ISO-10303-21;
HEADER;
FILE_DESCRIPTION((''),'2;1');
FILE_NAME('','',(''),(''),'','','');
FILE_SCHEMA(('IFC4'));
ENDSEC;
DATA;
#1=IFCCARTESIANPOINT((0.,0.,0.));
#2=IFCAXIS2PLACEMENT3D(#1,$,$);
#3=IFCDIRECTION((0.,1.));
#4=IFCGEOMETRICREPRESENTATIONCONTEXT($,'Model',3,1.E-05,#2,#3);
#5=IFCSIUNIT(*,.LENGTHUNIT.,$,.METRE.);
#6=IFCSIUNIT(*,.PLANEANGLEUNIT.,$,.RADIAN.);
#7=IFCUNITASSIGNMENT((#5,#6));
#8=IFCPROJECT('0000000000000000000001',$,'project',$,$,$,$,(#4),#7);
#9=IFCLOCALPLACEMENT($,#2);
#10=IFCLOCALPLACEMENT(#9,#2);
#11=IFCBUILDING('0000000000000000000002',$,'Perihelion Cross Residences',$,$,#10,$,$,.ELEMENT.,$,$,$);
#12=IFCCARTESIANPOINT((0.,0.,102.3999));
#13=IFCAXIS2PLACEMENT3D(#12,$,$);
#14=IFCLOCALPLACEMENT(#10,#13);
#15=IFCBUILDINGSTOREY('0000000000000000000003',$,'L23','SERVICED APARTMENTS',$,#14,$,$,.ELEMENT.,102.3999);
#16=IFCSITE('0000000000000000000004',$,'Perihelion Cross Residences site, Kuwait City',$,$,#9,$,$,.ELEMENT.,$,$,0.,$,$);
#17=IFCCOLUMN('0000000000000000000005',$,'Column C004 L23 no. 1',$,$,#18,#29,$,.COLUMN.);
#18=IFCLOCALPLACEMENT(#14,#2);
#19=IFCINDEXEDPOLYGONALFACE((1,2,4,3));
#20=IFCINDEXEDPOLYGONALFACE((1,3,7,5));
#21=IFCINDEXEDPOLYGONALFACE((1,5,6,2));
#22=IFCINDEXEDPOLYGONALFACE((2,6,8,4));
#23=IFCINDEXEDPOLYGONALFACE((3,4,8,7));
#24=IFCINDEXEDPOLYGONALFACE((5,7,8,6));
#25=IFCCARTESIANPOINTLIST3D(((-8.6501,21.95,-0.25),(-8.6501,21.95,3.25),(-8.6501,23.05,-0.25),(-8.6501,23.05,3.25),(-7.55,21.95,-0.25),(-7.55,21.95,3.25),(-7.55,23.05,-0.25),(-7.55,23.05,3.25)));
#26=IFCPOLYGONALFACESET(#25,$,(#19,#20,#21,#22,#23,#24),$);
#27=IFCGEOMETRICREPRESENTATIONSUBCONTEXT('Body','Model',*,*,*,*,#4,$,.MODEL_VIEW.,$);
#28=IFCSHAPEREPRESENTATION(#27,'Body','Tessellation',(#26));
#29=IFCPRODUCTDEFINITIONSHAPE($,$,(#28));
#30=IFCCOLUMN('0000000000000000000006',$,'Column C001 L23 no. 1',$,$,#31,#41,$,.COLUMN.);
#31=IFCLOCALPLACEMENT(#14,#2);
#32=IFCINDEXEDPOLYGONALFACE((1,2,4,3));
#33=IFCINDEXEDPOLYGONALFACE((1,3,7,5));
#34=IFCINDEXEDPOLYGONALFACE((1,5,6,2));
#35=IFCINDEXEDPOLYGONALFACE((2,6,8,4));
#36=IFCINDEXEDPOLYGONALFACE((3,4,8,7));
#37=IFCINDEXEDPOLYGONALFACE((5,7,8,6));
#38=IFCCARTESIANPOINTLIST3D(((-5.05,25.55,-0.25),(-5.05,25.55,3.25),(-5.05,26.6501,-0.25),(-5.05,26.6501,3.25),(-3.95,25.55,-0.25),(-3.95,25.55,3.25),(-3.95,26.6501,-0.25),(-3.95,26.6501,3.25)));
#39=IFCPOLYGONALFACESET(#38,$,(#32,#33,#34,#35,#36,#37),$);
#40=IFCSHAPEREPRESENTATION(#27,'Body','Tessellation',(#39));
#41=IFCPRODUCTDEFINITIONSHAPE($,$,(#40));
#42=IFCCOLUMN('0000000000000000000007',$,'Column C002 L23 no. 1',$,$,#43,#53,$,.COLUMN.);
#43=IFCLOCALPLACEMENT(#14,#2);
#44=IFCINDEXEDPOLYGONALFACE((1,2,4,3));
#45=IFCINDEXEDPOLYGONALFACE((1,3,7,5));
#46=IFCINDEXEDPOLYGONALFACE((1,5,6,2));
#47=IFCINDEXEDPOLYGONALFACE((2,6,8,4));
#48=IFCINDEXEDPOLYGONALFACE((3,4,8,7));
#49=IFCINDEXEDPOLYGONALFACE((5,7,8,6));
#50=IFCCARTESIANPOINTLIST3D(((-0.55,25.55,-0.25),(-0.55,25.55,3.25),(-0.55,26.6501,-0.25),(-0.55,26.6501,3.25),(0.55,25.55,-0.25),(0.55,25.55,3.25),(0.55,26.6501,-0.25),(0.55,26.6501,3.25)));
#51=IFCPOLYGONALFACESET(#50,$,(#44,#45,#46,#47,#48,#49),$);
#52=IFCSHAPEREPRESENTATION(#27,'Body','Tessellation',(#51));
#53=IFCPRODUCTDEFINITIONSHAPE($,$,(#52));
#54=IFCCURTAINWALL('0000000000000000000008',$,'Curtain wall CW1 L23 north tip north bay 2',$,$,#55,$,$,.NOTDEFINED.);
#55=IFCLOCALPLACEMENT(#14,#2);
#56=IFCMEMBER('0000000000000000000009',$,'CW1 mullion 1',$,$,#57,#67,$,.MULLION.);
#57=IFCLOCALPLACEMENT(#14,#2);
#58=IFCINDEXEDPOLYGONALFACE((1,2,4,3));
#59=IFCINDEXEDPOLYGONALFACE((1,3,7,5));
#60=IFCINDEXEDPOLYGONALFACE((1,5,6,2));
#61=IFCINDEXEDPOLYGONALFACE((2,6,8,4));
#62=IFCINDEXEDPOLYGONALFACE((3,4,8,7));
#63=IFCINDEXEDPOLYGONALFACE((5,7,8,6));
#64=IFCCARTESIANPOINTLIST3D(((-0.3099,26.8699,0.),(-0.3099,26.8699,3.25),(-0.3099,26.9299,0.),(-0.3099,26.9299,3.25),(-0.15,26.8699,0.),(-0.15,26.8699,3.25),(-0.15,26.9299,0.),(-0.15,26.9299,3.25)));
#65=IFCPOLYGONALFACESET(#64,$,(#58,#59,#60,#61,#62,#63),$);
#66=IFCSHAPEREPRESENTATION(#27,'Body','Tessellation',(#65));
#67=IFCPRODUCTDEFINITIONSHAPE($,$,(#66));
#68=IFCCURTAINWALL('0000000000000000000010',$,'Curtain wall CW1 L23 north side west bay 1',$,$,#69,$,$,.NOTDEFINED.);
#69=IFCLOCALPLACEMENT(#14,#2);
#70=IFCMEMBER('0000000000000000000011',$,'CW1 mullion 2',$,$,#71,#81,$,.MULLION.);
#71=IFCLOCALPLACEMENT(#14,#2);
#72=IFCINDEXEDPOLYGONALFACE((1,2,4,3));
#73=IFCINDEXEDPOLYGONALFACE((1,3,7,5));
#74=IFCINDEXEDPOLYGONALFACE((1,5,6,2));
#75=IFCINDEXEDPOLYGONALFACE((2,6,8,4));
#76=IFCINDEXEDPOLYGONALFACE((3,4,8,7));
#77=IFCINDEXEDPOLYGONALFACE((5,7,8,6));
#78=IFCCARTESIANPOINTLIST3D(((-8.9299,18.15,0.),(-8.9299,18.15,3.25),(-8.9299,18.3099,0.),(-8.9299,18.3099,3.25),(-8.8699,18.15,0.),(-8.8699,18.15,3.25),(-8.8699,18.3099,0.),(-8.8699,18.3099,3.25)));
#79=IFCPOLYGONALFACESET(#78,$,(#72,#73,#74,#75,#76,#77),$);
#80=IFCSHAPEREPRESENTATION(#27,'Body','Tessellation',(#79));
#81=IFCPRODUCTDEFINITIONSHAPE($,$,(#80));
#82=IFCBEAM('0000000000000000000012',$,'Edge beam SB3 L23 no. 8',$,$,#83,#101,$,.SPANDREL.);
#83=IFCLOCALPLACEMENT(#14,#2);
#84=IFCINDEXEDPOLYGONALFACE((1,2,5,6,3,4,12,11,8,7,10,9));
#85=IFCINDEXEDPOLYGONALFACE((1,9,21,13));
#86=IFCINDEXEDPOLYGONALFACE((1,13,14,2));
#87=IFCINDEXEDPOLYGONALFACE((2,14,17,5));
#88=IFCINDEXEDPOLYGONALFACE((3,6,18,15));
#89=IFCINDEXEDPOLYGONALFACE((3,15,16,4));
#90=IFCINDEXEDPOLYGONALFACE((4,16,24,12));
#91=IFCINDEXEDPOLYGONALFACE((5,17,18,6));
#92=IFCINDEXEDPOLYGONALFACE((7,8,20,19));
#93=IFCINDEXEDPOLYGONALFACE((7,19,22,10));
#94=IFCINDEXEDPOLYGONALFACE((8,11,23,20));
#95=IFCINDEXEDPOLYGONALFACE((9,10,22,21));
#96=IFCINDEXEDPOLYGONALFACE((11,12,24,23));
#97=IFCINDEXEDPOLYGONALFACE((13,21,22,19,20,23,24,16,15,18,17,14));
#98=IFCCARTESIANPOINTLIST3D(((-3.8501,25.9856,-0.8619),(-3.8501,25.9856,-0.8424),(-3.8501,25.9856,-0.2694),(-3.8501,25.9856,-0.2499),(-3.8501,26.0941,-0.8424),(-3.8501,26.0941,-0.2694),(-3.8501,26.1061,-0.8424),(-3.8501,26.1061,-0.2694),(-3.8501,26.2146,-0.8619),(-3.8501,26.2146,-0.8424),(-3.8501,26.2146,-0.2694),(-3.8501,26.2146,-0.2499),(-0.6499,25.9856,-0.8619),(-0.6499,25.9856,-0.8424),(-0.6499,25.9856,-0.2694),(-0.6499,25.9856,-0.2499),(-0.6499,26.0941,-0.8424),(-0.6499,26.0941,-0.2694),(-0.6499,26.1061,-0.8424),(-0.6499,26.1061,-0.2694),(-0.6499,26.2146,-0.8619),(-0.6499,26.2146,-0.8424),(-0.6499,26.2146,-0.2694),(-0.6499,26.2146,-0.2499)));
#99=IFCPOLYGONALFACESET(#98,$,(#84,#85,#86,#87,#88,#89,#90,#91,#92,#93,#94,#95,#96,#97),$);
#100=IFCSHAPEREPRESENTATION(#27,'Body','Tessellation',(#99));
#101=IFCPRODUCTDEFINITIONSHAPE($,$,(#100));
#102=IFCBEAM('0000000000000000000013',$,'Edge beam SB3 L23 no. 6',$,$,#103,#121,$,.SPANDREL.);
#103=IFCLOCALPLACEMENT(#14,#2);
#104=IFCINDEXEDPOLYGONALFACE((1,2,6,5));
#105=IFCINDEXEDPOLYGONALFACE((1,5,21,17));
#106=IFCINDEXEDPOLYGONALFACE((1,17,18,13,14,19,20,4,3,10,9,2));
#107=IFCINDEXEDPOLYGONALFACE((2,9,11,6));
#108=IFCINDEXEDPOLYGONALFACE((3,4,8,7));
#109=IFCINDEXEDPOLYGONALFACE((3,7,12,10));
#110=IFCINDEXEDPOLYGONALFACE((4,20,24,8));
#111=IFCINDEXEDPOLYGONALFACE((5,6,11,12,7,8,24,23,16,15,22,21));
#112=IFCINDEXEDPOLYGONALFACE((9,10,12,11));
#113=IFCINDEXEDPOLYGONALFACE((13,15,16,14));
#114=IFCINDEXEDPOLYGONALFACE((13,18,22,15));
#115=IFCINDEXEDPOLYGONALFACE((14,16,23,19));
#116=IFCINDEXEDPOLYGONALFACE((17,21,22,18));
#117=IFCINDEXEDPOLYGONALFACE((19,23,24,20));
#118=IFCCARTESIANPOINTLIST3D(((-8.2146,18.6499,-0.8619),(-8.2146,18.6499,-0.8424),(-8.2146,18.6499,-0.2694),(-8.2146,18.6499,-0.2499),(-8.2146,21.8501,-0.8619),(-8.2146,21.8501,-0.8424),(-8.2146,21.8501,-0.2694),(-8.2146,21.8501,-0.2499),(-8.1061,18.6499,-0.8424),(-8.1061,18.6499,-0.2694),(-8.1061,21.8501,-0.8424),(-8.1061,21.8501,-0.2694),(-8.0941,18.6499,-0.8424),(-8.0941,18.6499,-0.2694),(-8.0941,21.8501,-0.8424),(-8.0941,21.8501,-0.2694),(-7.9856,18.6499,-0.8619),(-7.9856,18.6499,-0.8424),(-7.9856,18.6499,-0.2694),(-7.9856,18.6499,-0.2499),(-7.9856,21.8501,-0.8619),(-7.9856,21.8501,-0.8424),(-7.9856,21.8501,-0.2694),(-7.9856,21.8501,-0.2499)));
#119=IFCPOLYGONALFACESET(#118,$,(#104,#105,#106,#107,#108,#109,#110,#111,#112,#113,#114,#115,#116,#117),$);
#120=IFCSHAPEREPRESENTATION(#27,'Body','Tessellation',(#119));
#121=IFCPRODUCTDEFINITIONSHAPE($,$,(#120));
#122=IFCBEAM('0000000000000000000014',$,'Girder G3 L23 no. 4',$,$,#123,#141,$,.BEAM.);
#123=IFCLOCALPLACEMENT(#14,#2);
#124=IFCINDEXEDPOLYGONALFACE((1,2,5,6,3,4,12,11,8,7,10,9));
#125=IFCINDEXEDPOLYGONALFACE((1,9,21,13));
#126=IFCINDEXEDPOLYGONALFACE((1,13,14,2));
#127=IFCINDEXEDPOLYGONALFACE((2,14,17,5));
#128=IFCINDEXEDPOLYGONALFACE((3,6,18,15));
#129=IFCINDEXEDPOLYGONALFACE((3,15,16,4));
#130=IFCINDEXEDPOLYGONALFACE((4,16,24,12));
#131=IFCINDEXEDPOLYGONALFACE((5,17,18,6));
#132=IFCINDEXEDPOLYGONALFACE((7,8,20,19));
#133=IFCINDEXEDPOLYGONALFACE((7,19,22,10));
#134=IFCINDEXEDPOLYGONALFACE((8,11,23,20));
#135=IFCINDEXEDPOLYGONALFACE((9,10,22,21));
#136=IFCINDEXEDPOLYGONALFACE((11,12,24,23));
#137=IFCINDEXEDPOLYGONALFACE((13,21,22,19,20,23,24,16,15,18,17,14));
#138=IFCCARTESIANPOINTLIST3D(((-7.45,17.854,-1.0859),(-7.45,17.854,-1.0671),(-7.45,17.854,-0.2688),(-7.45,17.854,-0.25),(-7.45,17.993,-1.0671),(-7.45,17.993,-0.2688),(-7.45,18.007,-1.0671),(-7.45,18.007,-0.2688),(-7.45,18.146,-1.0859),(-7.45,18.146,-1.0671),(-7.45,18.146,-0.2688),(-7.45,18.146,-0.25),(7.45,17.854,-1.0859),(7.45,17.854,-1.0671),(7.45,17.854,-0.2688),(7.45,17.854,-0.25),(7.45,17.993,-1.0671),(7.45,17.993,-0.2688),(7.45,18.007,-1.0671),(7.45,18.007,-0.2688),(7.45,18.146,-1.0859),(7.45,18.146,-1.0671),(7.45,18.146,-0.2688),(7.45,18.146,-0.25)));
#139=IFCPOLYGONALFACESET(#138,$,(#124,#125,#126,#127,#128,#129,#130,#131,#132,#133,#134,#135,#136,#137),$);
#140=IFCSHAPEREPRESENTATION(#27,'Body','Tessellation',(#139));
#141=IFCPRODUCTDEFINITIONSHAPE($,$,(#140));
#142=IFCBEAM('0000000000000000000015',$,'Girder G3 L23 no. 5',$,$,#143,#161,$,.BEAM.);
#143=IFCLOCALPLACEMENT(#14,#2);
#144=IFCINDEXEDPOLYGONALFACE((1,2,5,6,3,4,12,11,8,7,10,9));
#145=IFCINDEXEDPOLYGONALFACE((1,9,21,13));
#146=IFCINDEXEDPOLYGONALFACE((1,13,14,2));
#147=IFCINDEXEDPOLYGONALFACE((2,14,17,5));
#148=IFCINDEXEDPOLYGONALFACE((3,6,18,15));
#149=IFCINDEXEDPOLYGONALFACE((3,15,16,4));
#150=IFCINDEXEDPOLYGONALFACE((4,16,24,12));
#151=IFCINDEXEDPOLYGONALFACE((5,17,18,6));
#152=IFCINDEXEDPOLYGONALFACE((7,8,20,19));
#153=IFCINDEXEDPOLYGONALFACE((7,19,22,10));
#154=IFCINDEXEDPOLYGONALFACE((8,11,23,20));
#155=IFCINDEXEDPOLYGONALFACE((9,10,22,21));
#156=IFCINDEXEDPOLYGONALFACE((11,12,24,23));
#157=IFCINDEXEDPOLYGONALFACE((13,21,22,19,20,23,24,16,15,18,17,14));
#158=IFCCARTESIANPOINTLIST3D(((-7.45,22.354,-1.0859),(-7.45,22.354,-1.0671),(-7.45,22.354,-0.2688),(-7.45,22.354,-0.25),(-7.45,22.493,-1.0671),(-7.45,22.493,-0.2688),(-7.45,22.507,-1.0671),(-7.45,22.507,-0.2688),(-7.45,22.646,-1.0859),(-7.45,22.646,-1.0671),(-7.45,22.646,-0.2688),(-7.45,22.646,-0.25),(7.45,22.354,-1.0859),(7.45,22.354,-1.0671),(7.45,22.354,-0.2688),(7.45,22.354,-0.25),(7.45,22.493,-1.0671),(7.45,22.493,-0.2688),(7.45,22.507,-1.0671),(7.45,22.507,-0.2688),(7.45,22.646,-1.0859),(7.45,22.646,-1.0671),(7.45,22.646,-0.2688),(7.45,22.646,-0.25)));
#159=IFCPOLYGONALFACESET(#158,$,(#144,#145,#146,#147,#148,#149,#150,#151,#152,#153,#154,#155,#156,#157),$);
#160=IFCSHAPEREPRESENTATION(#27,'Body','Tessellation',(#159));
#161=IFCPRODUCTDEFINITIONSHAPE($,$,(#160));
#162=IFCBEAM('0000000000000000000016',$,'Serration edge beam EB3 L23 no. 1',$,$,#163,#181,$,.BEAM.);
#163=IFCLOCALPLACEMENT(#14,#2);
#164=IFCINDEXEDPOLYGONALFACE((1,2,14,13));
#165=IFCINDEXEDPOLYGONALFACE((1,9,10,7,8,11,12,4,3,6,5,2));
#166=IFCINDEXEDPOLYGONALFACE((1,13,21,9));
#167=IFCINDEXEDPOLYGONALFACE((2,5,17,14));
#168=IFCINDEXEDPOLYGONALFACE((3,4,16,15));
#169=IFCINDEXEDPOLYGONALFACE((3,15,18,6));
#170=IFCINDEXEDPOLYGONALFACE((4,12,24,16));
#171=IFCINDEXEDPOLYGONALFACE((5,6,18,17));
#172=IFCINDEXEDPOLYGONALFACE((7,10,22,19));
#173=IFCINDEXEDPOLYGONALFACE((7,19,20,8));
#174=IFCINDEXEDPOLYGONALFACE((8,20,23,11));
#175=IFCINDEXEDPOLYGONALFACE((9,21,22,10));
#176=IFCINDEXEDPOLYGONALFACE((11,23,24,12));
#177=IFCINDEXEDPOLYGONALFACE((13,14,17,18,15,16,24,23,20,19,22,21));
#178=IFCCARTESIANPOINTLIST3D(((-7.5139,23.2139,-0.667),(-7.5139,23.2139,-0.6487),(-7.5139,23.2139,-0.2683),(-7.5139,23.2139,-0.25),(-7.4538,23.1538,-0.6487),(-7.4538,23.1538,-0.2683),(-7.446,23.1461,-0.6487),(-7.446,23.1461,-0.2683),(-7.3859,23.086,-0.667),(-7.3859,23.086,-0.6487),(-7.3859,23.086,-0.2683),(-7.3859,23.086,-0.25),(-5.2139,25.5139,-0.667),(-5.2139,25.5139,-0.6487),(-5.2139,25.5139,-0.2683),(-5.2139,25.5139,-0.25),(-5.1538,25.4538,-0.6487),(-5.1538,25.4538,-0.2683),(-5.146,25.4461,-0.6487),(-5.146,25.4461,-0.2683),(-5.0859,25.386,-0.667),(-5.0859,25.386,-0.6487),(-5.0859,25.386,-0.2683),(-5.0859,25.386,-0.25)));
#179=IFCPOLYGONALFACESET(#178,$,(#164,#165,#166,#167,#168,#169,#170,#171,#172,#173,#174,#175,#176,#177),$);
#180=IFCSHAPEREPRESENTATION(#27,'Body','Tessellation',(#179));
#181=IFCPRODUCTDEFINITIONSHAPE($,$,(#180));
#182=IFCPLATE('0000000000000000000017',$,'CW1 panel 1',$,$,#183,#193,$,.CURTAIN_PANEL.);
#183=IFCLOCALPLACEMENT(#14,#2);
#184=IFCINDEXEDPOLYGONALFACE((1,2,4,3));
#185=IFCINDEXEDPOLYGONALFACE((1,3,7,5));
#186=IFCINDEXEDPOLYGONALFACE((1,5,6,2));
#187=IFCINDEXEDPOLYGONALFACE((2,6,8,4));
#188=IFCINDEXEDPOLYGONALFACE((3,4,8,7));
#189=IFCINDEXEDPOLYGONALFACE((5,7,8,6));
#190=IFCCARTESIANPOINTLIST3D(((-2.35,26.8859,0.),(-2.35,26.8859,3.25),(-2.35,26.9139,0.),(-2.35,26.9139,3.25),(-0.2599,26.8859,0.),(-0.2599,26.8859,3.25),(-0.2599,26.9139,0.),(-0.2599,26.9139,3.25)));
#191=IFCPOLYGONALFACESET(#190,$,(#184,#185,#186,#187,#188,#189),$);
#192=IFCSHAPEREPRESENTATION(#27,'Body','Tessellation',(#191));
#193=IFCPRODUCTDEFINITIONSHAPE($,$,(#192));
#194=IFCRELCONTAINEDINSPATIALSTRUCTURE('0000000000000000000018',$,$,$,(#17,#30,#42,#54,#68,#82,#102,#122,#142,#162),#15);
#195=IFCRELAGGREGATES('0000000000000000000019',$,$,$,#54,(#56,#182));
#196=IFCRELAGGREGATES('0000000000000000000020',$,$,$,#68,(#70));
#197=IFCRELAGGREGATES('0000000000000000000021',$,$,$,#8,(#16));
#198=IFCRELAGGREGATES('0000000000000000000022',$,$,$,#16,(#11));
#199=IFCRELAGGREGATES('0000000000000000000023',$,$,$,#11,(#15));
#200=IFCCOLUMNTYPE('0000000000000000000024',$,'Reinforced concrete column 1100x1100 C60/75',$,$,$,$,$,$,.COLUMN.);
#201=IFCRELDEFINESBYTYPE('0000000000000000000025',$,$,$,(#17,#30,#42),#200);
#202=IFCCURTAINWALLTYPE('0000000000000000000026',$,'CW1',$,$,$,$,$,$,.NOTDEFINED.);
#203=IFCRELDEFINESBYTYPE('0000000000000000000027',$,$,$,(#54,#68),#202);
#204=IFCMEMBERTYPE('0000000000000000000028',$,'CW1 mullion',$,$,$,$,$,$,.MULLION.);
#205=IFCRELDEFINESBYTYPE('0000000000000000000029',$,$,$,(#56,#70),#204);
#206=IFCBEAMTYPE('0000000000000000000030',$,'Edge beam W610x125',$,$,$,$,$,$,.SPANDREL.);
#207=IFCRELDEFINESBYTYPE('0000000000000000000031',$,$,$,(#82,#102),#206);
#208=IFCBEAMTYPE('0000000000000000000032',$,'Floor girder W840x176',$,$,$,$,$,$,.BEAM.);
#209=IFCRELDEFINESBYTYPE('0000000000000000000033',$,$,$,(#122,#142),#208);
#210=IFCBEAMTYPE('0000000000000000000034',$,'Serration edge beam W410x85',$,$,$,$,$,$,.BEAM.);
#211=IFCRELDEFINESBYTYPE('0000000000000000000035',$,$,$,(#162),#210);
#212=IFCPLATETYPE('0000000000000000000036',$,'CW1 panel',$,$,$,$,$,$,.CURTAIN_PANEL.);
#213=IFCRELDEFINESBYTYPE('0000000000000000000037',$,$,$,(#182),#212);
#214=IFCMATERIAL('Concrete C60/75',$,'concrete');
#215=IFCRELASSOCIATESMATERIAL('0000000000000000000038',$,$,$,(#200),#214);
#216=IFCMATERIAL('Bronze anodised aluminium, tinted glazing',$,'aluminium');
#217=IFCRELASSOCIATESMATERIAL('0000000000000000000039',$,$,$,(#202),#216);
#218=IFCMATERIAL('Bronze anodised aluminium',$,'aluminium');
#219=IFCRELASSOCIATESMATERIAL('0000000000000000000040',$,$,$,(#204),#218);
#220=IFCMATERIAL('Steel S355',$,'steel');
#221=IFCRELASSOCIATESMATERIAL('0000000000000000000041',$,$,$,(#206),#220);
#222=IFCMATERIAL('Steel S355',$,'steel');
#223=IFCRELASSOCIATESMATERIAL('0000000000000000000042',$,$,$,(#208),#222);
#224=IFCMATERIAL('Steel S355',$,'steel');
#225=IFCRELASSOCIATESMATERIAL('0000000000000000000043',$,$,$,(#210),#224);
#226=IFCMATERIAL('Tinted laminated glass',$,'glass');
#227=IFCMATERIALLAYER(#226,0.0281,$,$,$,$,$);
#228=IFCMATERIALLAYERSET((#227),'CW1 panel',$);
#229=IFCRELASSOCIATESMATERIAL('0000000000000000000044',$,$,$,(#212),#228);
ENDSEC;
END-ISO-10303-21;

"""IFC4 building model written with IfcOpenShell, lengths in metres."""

from ifc_helpers import new_model, si_unit, direction, frame, origin, origin_2d, place, context, subcontext, project, spatial, rectangle, i_section, extrude, material, layer, layer_set, material_profile, profile_set, type_object, element, aggregate, save


model = new_model("IFC4")

# Units and contexts
model_context = context("Model", 3, precision=1e-05, world=origin(), true_north=direction((0.0, 1.0)))
body_context = subcontext(model_context, "Body", "Model", "MODEL_VIEW")
ifc_project = project(units=[si_unit("LENGTHUNIT", "METRE"), si_unit("PLANEANGLEUNIT", "RADIAN")], contexts=[model_context])

# Site, building, storey
site_placement = place(None, origin())
site = spatial("IfcSite", under=ifc_project, at=site_placement, Name="Perihelion Cross Residences site, Kuwait City", CompositionType="ELEMENT", RefElevation=0.0)
building_placement = place(site_placement, origin())
building = spatial("IfcBuilding", under=site, at=building_placement, Name="Perihelion Cross Residences", CompositionType="ELEMENT")
storey_placement = place(building_placement, frame((0.0, 0.0, 102.3999)))
storey = spatial("IfcBuildingStorey", under=building, at=storey_placement, Name="L23", Description="SERVICED APARTMENTS", CompositionType="ELEMENT", Elevation=102.3999)

# Columns
ifc_material_1 = material(Name="Concrete C60/75", Category="concrete")
ifc_material_profile_1 = material_profile(ifc_material_1, rectangle(XDim=1.1001, YDim=1.1001, at=origin_2d()), Name="RC 1100x1100")
ifc_profile_set_1 = profile_set([ifc_material_profile_1], Name="Concrete C60/75")
column_type = type_object("IfcColumnType", Name="Reinforced concrete column 1100x1100 C60/75", PredefinedType="COLUMN", material=ifc_profile_set_1)
for number, where, z_axis, x_axis, name in (
    (1, (-8.1001, 22.5, -0.25), (0.0, 0.0, 1.0), (1.0, 0.0, 0.0), "Column C004 L23 no. 1"),
    (2, (-4.5, 26.1001, -0.25), (0.0, 0.0, 1.0), (1.0, 0.0, 0.0), "Column C001 L23 no. 1"),
    (3, (0.0, 26.1001, -0.25), (0.0, 0.0, 1.0), (1.0, 0.0, 0.0), "Column C002 L23 no. 1"),
):
    element("IfcColumn", number, at=place(storey_placement, frame(where, z_axis=z_axis, x_axis=x_axis)), inside=storey, type_object=column_type, Name=name, PredefinedType="COLUMN", context=body_context, shape_type="SweptSolid", body=[
        extrude(rectangle(XDim=1.1001, YDim=1.1001, at=origin_2d()), origin(), (0.0, 0.0, 1.0), 3.5),
    ])

# Curtain walls, members
ifc_material_2 = material(Name="Bronze anodised aluminium, tinted glazing", Category="aluminium")
curtain_wall_type = type_object("IfcCurtainWallType", Name="CW1", PredefinedType="NOTDEFINED", material=ifc_material_2)
curtain_wall_1_placement = place(storey_placement, origin())
curtain_wall_1 = element("IfcCurtainWall", 4, at=curtain_wall_1_placement, inside=storey, type_object=curtain_wall_type, Name="Curtain wall CW1 L23 north tip north bay 2", PredefinedType="NOTDEFINED")
ifc_material_3 = material(Name="Bronze anodised aluminium", Category="aluminium")
ifc_material_profile_2 = material_profile(ifc_material_3, rectangle(XDim=0.0601, YDim=0.1599, at=origin_2d()), Name="CW1 mullion")
ifc_profile_set_2 = profile_set([ifc_material_profile_2], Name="Bronze anodised aluminium")
member_type = type_object("IfcMemberType", Name="CW1 mullion", PredefinedType="MULLION", material=ifc_profile_set_2)
member_1_placement = place(storey_placement, frame((-0.23, 26.8999, 0.0), z_axis=(0.0, 0.0, 1.0), x_axis=(0.0, -1.0, 0.0)))
member_1 = element("IfcMember", 5, at=member_1_placement, type_object=member_type, Name="CW1 mullion 1", PredefinedType="MULLION", context=body_context, shape_type="SweptSolid", body=[
    extrude(rectangle(XDim=0.0601, YDim=0.1599, at=origin_2d()), origin(), (0.0, 0.0, 1.0), 3.25),
])
curtain_wall_2_placement = place(storey_placement, origin())
curtain_wall_2 = element("IfcCurtainWall", 6, at=curtain_wall_2_placement, inside=storey, type_object=curtain_wall_type, Name="Curtain wall CW1 L23 north side west bay 1", PredefinedType="NOTDEFINED")
member_2_placement = place(storey_placement, frame((-8.8999, 18.23, 0.0), z_axis=(0.0, 0.0, 1.0), x_axis=(1.0, 0.0, 0.0)))
member_2 = element("IfcMember", 7, at=member_2_placement, type_object=member_type, Name="CW1 mullion 2", PredefinedType="MULLION", context=body_context, shape_type="SweptSolid", body=[
    extrude(rectangle(XDim=0.0601, YDim=0.1599, at=origin_2d()), origin(), (0.0, 0.0, 1.0), 3.25),
])

# Beams
ifc_material_4 = material(Name="Steel S355", Category="steel")
ifc_material_profile_3 = material_profile(ifc_material_4, i_section(OverallWidth=0.229, OverallDepth=0.6121, WebThickness=0.012, FlangeThickness=0.0195, at=origin_2d()), Name="W610x125")
ifc_profile_set_3 = profile_set([ifc_material_profile_3], Name="Steel S355")
beam_type_1 = type_object("IfcBeamType", Name="Edge beam W610x125", PredefinedType="SPANDREL", material=ifc_profile_set_3)
for number, where, z_axis, x_axis, name in (
    (8, (-0.6499, 26.1001, -0.5559), (-1.0, 0.0, 0.0), (0.0, -1.0, 0.0), "Edge beam SB3 L23 no. 8"),
    (9, (-8.1001, 21.8501, -0.5559), (0.0, -1.0, 0.0), (1.0, 0.0, 0.0), "Edge beam SB3 L23 no. 6"),
):
    element("IfcBeam", number, at=place(storey_placement, frame(where, z_axis=z_axis, x_axis=x_axis)), inside=storey, type_object=beam_type_1, Name=name, PredefinedType="SPANDREL", context=body_context, shape_type="SweptSolid", body=[
        extrude(i_section(OverallWidth=0.229, OverallDepth=0.6121, WebThickness=0.012, FlangeThickness=0.0195, at=origin_2d()), origin(), (0.0, 0.0, 1.0), 3.2002),
    ])
ifc_material_5 = material(Name="Steel S355", Category="steel")
ifc_material_profile_4 = material_profile(ifc_material_5, i_section(OverallWidth=0.292, OverallDepth=0.8359, WebThickness=0.0139, FlangeThickness=0.0188, at=origin_2d()), Name="W840x176")
ifc_profile_set_4 = profile_set([ifc_material_profile_4], Name="Steel S355")
beam_type_2 = type_object("IfcBeamType", Name="Floor girder W840x176", PredefinedType="BEAM", material=ifc_profile_set_4)
for number, where, z_axis, x_axis, name in (
    (10, (-7.45, 18.0, -0.668), (1.0, 0.0, 0.0), (0.0, 1.0, 0.0), "Girder G3 L23 no. 4"),
    (11, (-7.45, 22.5, -0.668), (1.0, 0.0, 0.0), (0.0, 1.0, 0.0), "Girder G3 L23 no. 5"),
):
    element("IfcBeam", number, at=place(storey_placement, frame(where, z_axis=z_axis, x_axis=x_axis)), inside=storey, type_object=beam_type_2, Name=name, PredefinedType="BEAM", context=body_context, shape_type="SweptSolid", body=[
        extrude(i_section(OverallWidth=0.292, OverallDepth=0.8359, WebThickness=0.0139, FlangeThickness=0.0188, at=origin_2d()), origin(), (0.0, 0.0, 1.0), 14.8999),
    ])
ifc_material_6 = material(Name="Steel S355", Category="steel")
ifc_material_profile_5 = material_profile(ifc_material_6, i_section(OverallWidth=0.1809, OverallDepth=0.417, WebThickness=0.011, FlangeThickness=0.0183, at=origin_2d()), Name="W410x85")
ifc_profile_set_5 = profile_set([ifc_material_profile_5], Name="Steel S355")
beam_type_3 = type_object("IfcBeamType", Name="Serration edge beam W410x85", PredefinedType="BEAM", material=ifc_profile_set_5)
beam_placement = place(storey_placement, frame((-5.1499, 25.45, -0.4585), z_axis=(-0.707107, -0.707107, 0.0), x_axis=(0.707107, -0.707107, 0.0)))
element("IfcBeam", 12, at=beam_placement, inside=storey, type_object=beam_type_3, Name="Serration edge beam EB3 L23 no. 1", PredefinedType="BEAM", context=body_context, shape_type="SweptSolid", body=[
    extrude(i_section(OverallWidth=0.1809, OverallDepth=0.417, WebThickness=0.011, FlangeThickness=0.0183, at=origin_2d()), origin(), (0.0, 0.0, 1.0), 3.2527),
])

# Plate
ifc_material_7 = material(Name="Tinted laminated glass", Category="glass")
ifc_layer_1 = layer(ifc_material_7, 0.0281)
ifc_layer_set_1 = layer_set([ifc_layer_1], Name="CW1 panel")
plate_type = type_object("IfcPlateType", Name="CW1 panel", PredefinedType="CURTAIN_PANEL", material=ifc_layer_set_1)
plate_1_placement = place(storey_placement, frame((-1.3049, 26.8999, 0.0), z_axis=(0.0, 0.0, 1.0), x_axis=(-1.0, 0.0, 0.0)))
plate_1 = element("IfcPlate", 13, at=plate_1_placement, type_object=plate_type, Name="CW1 panel 1", PredefinedType="CURTAIN_PANEL", context=body_context, shape_type="SweptSolid", body=[
    extrude(rectangle(XDim=2.0901, YDim=0.0281, at=origin_2d()), origin(), (0.0, 0.0, 1.0), 3.25),
])
aggregate(curtain_wall_1, [member_1, plate_1])
aggregate(curtain_wall_2, [member_2])

save(model, "model.ifc")
